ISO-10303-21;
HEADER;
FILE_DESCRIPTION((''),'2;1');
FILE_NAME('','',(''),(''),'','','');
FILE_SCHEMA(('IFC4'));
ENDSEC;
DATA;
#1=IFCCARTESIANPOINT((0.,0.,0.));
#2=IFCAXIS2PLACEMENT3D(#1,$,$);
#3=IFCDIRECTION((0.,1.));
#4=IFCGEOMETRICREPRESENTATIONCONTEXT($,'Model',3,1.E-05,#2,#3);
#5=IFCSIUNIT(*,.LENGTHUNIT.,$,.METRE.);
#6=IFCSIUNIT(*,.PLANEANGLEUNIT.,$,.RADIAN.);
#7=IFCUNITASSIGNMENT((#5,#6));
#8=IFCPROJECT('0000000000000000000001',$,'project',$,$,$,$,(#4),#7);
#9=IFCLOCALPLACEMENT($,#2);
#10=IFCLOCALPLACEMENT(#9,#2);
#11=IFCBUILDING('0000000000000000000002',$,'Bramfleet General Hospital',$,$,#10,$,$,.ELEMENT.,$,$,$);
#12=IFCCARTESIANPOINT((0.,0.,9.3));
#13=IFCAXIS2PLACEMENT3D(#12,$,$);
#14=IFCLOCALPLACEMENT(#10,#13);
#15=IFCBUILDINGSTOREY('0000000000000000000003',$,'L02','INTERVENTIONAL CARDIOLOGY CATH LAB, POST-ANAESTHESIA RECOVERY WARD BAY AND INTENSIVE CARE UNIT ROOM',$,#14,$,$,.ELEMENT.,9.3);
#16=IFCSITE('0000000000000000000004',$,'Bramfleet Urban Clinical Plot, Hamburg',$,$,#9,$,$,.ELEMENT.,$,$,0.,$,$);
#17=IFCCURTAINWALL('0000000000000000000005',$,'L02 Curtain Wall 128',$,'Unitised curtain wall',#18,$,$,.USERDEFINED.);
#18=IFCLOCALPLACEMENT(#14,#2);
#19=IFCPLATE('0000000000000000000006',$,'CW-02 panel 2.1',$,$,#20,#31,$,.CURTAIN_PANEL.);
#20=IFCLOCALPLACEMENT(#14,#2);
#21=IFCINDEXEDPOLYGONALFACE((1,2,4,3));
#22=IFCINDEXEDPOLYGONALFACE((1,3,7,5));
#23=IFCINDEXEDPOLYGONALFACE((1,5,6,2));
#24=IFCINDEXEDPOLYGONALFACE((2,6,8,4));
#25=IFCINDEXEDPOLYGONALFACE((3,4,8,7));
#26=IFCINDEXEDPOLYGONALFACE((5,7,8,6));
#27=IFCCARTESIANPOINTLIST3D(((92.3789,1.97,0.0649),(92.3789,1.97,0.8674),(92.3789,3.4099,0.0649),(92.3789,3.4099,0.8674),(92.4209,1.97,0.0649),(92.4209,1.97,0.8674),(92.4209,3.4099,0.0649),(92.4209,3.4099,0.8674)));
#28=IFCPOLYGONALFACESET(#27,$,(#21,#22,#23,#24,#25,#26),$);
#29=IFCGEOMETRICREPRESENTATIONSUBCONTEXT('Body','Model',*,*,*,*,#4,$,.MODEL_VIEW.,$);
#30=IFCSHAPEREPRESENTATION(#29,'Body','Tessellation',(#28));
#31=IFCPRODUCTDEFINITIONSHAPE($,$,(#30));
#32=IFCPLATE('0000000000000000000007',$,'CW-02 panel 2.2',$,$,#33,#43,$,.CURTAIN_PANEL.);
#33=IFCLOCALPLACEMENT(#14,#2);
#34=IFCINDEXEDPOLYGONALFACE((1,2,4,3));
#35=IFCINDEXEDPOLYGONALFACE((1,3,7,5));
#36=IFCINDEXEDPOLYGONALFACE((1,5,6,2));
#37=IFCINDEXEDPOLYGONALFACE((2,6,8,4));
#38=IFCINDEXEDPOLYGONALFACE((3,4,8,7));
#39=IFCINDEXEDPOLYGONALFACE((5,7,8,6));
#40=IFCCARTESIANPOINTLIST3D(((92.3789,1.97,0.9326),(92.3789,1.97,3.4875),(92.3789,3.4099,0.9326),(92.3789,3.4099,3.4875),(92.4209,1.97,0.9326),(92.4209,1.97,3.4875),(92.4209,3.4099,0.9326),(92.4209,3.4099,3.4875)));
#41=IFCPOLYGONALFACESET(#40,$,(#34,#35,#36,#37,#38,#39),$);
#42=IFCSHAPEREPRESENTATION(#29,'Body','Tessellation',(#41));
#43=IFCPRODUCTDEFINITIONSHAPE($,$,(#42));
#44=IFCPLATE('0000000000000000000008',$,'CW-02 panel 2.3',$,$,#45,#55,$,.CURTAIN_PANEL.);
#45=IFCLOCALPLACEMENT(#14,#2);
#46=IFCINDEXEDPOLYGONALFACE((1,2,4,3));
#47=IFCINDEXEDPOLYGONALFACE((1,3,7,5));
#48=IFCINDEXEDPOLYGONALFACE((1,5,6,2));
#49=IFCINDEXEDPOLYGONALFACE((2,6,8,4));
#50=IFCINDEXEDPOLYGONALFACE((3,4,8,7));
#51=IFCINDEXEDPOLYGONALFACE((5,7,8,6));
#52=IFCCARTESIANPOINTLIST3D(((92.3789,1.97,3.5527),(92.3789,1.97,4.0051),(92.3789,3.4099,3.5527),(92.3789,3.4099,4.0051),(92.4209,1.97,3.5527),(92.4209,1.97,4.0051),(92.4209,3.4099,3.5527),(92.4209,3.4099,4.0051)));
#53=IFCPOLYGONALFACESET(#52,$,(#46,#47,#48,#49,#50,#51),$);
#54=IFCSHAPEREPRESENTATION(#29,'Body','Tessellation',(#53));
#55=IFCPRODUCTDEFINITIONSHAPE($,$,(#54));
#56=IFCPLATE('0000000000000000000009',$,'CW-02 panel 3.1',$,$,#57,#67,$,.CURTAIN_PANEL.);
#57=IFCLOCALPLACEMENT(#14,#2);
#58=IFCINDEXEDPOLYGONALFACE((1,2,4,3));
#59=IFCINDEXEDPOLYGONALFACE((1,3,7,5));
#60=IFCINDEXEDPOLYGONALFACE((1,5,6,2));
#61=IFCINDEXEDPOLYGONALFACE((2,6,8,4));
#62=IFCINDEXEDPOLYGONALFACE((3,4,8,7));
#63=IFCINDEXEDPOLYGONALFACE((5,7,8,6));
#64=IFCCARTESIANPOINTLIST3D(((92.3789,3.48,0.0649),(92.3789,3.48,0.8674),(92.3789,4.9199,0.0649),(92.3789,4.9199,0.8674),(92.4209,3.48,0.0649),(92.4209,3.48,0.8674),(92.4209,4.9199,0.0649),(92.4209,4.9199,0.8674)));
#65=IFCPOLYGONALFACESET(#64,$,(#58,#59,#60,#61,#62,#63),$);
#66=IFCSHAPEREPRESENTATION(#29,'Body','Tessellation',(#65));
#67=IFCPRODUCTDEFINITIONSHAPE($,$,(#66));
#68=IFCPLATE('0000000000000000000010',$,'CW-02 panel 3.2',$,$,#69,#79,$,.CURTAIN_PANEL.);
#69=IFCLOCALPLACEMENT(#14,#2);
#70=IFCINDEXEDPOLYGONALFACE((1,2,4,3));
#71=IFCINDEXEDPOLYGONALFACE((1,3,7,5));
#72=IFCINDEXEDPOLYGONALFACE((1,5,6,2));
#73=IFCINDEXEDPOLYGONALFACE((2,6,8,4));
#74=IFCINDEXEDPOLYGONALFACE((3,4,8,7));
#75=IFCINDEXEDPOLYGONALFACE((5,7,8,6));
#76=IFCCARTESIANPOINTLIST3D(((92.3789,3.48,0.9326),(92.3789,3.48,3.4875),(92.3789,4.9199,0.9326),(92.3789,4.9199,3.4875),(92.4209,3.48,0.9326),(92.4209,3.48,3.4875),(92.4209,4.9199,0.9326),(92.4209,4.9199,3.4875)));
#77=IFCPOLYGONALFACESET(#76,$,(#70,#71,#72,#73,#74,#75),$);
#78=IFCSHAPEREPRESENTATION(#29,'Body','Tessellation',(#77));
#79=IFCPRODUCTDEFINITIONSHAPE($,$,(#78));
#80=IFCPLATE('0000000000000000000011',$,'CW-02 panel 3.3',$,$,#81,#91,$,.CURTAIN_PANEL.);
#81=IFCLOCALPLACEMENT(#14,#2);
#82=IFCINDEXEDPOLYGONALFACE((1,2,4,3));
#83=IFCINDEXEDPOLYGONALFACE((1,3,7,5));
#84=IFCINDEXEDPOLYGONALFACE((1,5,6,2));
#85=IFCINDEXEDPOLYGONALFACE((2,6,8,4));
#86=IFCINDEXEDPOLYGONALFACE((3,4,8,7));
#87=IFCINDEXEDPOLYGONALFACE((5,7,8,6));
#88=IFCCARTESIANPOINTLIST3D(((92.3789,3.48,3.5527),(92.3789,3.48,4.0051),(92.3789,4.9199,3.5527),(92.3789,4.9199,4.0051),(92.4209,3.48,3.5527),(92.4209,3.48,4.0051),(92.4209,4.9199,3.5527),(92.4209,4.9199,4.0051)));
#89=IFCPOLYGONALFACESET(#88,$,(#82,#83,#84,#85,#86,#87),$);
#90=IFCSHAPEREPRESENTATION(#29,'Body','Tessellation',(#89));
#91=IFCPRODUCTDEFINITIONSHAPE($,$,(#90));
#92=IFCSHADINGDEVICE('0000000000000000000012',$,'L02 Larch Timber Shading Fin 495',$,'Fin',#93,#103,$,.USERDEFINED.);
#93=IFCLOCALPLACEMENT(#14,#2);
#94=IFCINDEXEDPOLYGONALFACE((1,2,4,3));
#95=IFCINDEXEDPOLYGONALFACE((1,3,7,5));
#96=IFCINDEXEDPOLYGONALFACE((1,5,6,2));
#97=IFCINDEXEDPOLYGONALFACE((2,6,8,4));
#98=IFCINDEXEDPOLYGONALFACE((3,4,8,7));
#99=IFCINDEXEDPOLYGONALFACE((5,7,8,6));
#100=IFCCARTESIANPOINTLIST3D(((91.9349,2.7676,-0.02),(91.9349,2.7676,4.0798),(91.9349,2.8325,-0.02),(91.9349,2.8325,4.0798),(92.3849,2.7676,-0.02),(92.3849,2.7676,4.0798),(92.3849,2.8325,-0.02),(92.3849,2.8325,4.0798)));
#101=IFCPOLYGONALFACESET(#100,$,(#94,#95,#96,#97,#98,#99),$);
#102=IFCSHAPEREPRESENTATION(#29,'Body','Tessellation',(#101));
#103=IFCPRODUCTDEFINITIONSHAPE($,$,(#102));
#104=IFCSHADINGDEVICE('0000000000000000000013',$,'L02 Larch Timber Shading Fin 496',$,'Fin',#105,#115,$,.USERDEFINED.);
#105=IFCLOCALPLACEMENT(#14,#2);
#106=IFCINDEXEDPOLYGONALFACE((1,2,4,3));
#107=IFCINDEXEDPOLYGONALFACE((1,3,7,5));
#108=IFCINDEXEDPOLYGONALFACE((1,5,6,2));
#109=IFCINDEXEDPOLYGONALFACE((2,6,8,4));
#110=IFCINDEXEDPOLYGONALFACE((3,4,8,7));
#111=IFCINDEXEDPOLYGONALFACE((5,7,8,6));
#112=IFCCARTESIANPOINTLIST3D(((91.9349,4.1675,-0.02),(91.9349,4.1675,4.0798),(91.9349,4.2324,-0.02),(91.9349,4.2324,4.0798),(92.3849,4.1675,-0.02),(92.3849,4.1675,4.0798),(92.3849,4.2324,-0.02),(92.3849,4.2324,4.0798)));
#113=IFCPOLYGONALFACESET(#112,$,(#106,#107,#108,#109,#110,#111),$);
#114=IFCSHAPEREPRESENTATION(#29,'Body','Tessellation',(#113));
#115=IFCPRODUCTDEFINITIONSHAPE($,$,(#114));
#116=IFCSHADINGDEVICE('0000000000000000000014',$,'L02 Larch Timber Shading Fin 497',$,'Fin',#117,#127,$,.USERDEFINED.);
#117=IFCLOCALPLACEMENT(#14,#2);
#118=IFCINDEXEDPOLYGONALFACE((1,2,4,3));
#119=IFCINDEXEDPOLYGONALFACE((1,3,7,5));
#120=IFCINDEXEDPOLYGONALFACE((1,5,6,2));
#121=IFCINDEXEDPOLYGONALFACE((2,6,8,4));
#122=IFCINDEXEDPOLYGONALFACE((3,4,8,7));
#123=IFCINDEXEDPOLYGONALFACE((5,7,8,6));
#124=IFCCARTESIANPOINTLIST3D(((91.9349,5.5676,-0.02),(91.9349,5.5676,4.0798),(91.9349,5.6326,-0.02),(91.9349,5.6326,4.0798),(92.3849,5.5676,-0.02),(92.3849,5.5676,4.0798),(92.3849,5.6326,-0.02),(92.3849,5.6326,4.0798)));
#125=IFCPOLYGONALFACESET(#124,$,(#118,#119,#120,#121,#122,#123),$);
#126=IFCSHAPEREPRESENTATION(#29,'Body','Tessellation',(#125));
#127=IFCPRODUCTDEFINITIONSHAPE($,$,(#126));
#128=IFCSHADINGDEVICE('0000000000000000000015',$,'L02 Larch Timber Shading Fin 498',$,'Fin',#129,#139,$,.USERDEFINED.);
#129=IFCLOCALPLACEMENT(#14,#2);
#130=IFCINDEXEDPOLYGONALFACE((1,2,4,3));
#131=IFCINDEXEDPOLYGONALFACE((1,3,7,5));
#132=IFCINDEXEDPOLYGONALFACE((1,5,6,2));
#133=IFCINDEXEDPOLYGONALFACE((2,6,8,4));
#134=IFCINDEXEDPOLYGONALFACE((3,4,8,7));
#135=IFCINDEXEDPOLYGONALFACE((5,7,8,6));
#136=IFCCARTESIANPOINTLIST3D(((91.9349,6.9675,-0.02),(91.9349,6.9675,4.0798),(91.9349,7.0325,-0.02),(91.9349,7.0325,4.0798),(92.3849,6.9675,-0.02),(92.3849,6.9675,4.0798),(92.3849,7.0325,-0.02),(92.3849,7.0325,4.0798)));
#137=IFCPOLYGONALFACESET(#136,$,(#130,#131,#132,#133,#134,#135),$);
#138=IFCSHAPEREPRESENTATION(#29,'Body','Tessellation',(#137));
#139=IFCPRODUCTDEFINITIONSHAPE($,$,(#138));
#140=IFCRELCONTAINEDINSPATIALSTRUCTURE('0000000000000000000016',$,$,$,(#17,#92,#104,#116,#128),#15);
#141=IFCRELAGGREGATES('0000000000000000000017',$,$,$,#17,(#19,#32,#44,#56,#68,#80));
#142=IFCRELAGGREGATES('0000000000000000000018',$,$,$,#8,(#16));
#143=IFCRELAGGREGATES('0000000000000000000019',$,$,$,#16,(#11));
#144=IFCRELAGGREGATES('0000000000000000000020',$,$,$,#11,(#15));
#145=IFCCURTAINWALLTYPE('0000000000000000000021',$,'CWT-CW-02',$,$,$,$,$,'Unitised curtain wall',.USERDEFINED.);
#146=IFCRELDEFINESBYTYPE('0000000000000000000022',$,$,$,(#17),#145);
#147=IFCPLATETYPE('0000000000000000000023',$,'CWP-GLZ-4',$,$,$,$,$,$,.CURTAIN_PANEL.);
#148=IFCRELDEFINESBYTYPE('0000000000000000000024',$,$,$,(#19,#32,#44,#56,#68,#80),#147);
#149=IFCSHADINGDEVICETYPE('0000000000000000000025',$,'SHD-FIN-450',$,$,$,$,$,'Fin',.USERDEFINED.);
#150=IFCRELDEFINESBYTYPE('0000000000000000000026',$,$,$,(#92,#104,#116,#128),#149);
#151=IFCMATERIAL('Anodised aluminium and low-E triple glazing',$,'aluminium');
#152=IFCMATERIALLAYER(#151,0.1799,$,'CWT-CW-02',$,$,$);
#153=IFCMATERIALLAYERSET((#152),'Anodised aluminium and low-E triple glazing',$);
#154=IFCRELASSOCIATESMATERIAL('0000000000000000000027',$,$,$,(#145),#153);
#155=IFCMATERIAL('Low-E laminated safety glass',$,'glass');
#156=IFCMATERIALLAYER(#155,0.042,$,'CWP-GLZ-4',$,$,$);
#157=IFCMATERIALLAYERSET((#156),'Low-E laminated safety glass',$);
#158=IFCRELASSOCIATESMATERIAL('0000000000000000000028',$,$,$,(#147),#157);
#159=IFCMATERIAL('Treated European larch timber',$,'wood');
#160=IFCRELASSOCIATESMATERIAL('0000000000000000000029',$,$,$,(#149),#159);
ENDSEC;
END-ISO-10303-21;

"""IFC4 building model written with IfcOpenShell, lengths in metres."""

from ifc_helpers import new_model, si_unit, direction, frame, origin, origin_2d, place, context, subcontext, project, spatial, rectangle, extrude, material, layer, layer_set, material_profile, profile_set, type_object, element, aggregate, save


model = new_model("IFC4")

# Units and contexts
model_context = context("Model", 3, precision=1e-05, world=origin(), true_north=direction((0.0, 1.0)))
body_context = subcontext(model_context, "Body", "Model", "MODEL_VIEW")
ifc_project = project(units=[si_unit("LENGTHUNIT", "METRE"), si_unit("PLANEANGLEUNIT", "RADIAN")], contexts=[model_context])

# Site, building, storey
site_placement = place(None, origin())
site = spatial("IfcSite", under=ifc_project, at=site_placement, Name="Bramfleet Urban Clinical Plot, Hamburg", CompositionType="ELEMENT", RefElevation=0.0)
building_placement = place(site_placement, origin())
building = spatial("IfcBuilding", under=site, at=building_placement, Name="Bramfleet General Hospital", CompositionType="ELEMENT")
storey_placement = place(building_placement, frame((0.0, 0.0, 9.3)))
storey = spatial("IfcBuildingStorey", under=building, at=storey_placement, Name="L02", Description="INTERVENTIONAL CARDIOLOGY CATH LAB, POST-ANAESTHESIA RECOVERY WARD BAY AND INTENSIVE CARE UNIT ROOM", CompositionType="ELEMENT", Elevation=9.3)

# Shared definitions
ifc_material_1 = material(Name="Anodised aluminium and low-E triple glazing", Category="aluminium")

# Curtain wall
ifc_layer_1 = layer(ifc_material_1, 0.1799, Name="CWT-CW-02")
ifc_layer_set_1 = layer_set([ifc_layer_1], Name="Anodised aluminium and low-E triple glazing")
curtain_wall_type_1 = type_object("IfcCurtainWallType", Name="CWT-CW-02", ElementType="Unitised curtain wall", PredefinedType="USERDEFINED", material=ifc_layer_set_1)
curtain_wall_1_placement = place(storey_placement, origin())
curtain_wall_1 = element("IfcCurtainWall", 1, at=curtain_wall_1_placement, inside=storey, type_object=curtain_wall_type_1, Name="L02 Curtain Wall 128", ObjectType="Unitised curtain wall", PredefinedType="USERDEFINED")

# Plates
ifc_material_2 = material(Name="Low-E laminated safety glass", Category="glass")
ifc_layer_2 = layer(ifc_material_2, 0.042, Name="CWP-GLZ-4")
ifc_layer_set_2 = layer_set([ifc_layer_2], Name="Low-E laminated safety glass")
plate_type_1 = type_object("IfcPlateType", Name="CWP-GLZ-4", PredefinedType="CURTAIN_PANEL", material=ifc_layer_set_2)
plate_1_placement = place(storey_placement, frame((92.3999, 2.6899, 0.0649), z_axis=(0.0, 0.0, 1.0), x_axis=(0.0, 1.0, 0.0)))
plate_1 = element("IfcPlate", 2, at=plate_1_placement, type_object=plate_type_1, Name="CW-02 panel 2.1", PredefinedType="CURTAIN_PANEL", context=body_context, shape_type="SweptSolid", body=[
    extrude(rectangle(XDim=1.4399, YDim=0.042, at=origin_2d()), origin(), (0.0, 0.0, 1.0), 0.8025),
])
plate_2_placement = place(storey_placement, frame((92.3999, 2.6899, 0.9326), z_axis=(0.0, 0.0, 1.0), x_axis=(0.0, 1.0, 0.0)))
plate_2 = element("IfcPlate", 3, at=plate_2_placement, type_object=plate_type_1, Name="CW-02 panel 2.2", PredefinedType="CURTAIN_PANEL", context=body_context, shape_type="SweptSolid", body=[
    extrude(rectangle(XDim=1.4399, YDim=0.042, at=origin_2d()), origin(), (0.0, 0.0, 1.0), 2.5549),
])
plate_3_placement = place(storey_placement, frame((92.3999, 2.6899, 3.5527), z_axis=(0.0, 0.0, 1.0), x_axis=(0.0, 1.0, 0.0)))
plate_3 = element("IfcPlate", 4, at=plate_3_placement, type_object=plate_type_1, Name="CW-02 panel 2.3", PredefinedType="CURTAIN_PANEL", context=body_context, shape_type="SweptSolid", body=[
    extrude(rectangle(XDim=1.4399, YDim=0.042, at=origin_2d()), origin(), (0.0, 0.0, 1.0), 0.4524),
])
plate_4_placement = place(storey_placement, frame((92.3999, 4.2, 0.0649), z_axis=(0.0, 0.0, 1.0), x_axis=(0.0, 1.0, 0.0)))
plate_4 = element("IfcPlate", 5, at=plate_4_placement, type_object=plate_type_1, Name="CW-02 panel 3.1", PredefinedType="CURTAIN_PANEL", context=body_context, shape_type="SweptSolid", body=[
    extrude(rectangle(XDim=1.4399, YDim=0.042, at=origin_2d()), origin(), (0.0, 0.0, 1.0), 0.8025),
])
plate_5_placement = place(storey_placement, frame((92.3999, 4.2, 0.9326), z_axis=(0.0, 0.0, 1.0), x_axis=(0.0, 1.0, 0.0)))
plate_5 = element("IfcPlate", 6, at=plate_5_placement, type_object=plate_type_1, Name="CW-02 panel 3.2", PredefinedType="CURTAIN_PANEL", context=body_context, shape_type="SweptSolid", body=[
    extrude(rectangle(XDim=1.4399, YDim=0.042, at=origin_2d()), origin(), (0.0, 0.0, 1.0), 2.5549),
])
plate_6_placement = place(storey_placement, frame((92.3999, 4.2, 3.5527), z_axis=(0.0, 0.0, 1.0), x_axis=(0.0, 1.0, 0.0)))
plate_6 = element("IfcPlate", 7, at=plate_6_placement, type_object=plate_type_1, Name="CW-02 panel 3.3", PredefinedType="CURTAIN_PANEL", context=body_context, shape_type="SweptSolid", body=[
    extrude(rectangle(XDim=1.4399, YDim=0.042, at=origin_2d()), origin(), (0.0, 0.0, 1.0), 0.4524),
])
aggregate(curtain_wall_1, [plate_1, plate_2, plate_3, plate_4, plate_5, plate_6])

# Shading devices
ifc_material_3 = material(Name="Treated European larch timber", Category="wood")
ifc_material_profile_1 = material_profile(ifc_material_3, rectangle(XDim=0.0649, YDim=0.45, at=origin_2d()), Name="LARCH FIN 450x65")
ifc_profile_set_1 = profile_set([ifc_material_profile_1], Name="Treated European larch timber")
shading_device_type = type_object("IfcShadingDeviceType", Name="SHD-FIN-450", ElementType="Fin", PredefinedType="USERDEFINED", material=ifc_profile_set_1)
for number, where, z_axis, x_axis, name in (
    (8, (92.1599, 2.8, -0.02), (0.0, 0.0, 1.0), (0.0, 1.0, 0.0), "L02 Larch Timber Shading Fin 495"),
    (9, (92.1599, 4.2, -0.02), (0.0, 0.0, 1.0), (0.0, 1.0, 0.0), "L02 Larch Timber Shading Fin 496"),
    (10, (92.1599, 5.6001, -0.02), (0.0, 0.0, 1.0), (0.0, 1.0, 0.0), "L02 Larch Timber Shading Fin 497"),
    (11, (92.1599, 7.0, -0.02), (0.0, 0.0, 1.0), (0.0, 1.0, 0.0), "L02 Larch Timber Shading Fin 498"),
):
    element("IfcShadingDevice", number, at=place(storey_placement, frame(where, z_axis=z_axis, x_axis=x_axis)), inside=storey, type_object=shading_device_type, Name=name, ObjectType="Fin", PredefinedType="USERDEFINED", context=body_context, shape_type="SweptSolid", body=[
        extrude(rectangle(XDim=0.0649, YDim=0.45, at=origin_2d()), origin(), (0.0, 0.0, 1.0), 4.0999),
    ])

save(model, "model.ifc")
